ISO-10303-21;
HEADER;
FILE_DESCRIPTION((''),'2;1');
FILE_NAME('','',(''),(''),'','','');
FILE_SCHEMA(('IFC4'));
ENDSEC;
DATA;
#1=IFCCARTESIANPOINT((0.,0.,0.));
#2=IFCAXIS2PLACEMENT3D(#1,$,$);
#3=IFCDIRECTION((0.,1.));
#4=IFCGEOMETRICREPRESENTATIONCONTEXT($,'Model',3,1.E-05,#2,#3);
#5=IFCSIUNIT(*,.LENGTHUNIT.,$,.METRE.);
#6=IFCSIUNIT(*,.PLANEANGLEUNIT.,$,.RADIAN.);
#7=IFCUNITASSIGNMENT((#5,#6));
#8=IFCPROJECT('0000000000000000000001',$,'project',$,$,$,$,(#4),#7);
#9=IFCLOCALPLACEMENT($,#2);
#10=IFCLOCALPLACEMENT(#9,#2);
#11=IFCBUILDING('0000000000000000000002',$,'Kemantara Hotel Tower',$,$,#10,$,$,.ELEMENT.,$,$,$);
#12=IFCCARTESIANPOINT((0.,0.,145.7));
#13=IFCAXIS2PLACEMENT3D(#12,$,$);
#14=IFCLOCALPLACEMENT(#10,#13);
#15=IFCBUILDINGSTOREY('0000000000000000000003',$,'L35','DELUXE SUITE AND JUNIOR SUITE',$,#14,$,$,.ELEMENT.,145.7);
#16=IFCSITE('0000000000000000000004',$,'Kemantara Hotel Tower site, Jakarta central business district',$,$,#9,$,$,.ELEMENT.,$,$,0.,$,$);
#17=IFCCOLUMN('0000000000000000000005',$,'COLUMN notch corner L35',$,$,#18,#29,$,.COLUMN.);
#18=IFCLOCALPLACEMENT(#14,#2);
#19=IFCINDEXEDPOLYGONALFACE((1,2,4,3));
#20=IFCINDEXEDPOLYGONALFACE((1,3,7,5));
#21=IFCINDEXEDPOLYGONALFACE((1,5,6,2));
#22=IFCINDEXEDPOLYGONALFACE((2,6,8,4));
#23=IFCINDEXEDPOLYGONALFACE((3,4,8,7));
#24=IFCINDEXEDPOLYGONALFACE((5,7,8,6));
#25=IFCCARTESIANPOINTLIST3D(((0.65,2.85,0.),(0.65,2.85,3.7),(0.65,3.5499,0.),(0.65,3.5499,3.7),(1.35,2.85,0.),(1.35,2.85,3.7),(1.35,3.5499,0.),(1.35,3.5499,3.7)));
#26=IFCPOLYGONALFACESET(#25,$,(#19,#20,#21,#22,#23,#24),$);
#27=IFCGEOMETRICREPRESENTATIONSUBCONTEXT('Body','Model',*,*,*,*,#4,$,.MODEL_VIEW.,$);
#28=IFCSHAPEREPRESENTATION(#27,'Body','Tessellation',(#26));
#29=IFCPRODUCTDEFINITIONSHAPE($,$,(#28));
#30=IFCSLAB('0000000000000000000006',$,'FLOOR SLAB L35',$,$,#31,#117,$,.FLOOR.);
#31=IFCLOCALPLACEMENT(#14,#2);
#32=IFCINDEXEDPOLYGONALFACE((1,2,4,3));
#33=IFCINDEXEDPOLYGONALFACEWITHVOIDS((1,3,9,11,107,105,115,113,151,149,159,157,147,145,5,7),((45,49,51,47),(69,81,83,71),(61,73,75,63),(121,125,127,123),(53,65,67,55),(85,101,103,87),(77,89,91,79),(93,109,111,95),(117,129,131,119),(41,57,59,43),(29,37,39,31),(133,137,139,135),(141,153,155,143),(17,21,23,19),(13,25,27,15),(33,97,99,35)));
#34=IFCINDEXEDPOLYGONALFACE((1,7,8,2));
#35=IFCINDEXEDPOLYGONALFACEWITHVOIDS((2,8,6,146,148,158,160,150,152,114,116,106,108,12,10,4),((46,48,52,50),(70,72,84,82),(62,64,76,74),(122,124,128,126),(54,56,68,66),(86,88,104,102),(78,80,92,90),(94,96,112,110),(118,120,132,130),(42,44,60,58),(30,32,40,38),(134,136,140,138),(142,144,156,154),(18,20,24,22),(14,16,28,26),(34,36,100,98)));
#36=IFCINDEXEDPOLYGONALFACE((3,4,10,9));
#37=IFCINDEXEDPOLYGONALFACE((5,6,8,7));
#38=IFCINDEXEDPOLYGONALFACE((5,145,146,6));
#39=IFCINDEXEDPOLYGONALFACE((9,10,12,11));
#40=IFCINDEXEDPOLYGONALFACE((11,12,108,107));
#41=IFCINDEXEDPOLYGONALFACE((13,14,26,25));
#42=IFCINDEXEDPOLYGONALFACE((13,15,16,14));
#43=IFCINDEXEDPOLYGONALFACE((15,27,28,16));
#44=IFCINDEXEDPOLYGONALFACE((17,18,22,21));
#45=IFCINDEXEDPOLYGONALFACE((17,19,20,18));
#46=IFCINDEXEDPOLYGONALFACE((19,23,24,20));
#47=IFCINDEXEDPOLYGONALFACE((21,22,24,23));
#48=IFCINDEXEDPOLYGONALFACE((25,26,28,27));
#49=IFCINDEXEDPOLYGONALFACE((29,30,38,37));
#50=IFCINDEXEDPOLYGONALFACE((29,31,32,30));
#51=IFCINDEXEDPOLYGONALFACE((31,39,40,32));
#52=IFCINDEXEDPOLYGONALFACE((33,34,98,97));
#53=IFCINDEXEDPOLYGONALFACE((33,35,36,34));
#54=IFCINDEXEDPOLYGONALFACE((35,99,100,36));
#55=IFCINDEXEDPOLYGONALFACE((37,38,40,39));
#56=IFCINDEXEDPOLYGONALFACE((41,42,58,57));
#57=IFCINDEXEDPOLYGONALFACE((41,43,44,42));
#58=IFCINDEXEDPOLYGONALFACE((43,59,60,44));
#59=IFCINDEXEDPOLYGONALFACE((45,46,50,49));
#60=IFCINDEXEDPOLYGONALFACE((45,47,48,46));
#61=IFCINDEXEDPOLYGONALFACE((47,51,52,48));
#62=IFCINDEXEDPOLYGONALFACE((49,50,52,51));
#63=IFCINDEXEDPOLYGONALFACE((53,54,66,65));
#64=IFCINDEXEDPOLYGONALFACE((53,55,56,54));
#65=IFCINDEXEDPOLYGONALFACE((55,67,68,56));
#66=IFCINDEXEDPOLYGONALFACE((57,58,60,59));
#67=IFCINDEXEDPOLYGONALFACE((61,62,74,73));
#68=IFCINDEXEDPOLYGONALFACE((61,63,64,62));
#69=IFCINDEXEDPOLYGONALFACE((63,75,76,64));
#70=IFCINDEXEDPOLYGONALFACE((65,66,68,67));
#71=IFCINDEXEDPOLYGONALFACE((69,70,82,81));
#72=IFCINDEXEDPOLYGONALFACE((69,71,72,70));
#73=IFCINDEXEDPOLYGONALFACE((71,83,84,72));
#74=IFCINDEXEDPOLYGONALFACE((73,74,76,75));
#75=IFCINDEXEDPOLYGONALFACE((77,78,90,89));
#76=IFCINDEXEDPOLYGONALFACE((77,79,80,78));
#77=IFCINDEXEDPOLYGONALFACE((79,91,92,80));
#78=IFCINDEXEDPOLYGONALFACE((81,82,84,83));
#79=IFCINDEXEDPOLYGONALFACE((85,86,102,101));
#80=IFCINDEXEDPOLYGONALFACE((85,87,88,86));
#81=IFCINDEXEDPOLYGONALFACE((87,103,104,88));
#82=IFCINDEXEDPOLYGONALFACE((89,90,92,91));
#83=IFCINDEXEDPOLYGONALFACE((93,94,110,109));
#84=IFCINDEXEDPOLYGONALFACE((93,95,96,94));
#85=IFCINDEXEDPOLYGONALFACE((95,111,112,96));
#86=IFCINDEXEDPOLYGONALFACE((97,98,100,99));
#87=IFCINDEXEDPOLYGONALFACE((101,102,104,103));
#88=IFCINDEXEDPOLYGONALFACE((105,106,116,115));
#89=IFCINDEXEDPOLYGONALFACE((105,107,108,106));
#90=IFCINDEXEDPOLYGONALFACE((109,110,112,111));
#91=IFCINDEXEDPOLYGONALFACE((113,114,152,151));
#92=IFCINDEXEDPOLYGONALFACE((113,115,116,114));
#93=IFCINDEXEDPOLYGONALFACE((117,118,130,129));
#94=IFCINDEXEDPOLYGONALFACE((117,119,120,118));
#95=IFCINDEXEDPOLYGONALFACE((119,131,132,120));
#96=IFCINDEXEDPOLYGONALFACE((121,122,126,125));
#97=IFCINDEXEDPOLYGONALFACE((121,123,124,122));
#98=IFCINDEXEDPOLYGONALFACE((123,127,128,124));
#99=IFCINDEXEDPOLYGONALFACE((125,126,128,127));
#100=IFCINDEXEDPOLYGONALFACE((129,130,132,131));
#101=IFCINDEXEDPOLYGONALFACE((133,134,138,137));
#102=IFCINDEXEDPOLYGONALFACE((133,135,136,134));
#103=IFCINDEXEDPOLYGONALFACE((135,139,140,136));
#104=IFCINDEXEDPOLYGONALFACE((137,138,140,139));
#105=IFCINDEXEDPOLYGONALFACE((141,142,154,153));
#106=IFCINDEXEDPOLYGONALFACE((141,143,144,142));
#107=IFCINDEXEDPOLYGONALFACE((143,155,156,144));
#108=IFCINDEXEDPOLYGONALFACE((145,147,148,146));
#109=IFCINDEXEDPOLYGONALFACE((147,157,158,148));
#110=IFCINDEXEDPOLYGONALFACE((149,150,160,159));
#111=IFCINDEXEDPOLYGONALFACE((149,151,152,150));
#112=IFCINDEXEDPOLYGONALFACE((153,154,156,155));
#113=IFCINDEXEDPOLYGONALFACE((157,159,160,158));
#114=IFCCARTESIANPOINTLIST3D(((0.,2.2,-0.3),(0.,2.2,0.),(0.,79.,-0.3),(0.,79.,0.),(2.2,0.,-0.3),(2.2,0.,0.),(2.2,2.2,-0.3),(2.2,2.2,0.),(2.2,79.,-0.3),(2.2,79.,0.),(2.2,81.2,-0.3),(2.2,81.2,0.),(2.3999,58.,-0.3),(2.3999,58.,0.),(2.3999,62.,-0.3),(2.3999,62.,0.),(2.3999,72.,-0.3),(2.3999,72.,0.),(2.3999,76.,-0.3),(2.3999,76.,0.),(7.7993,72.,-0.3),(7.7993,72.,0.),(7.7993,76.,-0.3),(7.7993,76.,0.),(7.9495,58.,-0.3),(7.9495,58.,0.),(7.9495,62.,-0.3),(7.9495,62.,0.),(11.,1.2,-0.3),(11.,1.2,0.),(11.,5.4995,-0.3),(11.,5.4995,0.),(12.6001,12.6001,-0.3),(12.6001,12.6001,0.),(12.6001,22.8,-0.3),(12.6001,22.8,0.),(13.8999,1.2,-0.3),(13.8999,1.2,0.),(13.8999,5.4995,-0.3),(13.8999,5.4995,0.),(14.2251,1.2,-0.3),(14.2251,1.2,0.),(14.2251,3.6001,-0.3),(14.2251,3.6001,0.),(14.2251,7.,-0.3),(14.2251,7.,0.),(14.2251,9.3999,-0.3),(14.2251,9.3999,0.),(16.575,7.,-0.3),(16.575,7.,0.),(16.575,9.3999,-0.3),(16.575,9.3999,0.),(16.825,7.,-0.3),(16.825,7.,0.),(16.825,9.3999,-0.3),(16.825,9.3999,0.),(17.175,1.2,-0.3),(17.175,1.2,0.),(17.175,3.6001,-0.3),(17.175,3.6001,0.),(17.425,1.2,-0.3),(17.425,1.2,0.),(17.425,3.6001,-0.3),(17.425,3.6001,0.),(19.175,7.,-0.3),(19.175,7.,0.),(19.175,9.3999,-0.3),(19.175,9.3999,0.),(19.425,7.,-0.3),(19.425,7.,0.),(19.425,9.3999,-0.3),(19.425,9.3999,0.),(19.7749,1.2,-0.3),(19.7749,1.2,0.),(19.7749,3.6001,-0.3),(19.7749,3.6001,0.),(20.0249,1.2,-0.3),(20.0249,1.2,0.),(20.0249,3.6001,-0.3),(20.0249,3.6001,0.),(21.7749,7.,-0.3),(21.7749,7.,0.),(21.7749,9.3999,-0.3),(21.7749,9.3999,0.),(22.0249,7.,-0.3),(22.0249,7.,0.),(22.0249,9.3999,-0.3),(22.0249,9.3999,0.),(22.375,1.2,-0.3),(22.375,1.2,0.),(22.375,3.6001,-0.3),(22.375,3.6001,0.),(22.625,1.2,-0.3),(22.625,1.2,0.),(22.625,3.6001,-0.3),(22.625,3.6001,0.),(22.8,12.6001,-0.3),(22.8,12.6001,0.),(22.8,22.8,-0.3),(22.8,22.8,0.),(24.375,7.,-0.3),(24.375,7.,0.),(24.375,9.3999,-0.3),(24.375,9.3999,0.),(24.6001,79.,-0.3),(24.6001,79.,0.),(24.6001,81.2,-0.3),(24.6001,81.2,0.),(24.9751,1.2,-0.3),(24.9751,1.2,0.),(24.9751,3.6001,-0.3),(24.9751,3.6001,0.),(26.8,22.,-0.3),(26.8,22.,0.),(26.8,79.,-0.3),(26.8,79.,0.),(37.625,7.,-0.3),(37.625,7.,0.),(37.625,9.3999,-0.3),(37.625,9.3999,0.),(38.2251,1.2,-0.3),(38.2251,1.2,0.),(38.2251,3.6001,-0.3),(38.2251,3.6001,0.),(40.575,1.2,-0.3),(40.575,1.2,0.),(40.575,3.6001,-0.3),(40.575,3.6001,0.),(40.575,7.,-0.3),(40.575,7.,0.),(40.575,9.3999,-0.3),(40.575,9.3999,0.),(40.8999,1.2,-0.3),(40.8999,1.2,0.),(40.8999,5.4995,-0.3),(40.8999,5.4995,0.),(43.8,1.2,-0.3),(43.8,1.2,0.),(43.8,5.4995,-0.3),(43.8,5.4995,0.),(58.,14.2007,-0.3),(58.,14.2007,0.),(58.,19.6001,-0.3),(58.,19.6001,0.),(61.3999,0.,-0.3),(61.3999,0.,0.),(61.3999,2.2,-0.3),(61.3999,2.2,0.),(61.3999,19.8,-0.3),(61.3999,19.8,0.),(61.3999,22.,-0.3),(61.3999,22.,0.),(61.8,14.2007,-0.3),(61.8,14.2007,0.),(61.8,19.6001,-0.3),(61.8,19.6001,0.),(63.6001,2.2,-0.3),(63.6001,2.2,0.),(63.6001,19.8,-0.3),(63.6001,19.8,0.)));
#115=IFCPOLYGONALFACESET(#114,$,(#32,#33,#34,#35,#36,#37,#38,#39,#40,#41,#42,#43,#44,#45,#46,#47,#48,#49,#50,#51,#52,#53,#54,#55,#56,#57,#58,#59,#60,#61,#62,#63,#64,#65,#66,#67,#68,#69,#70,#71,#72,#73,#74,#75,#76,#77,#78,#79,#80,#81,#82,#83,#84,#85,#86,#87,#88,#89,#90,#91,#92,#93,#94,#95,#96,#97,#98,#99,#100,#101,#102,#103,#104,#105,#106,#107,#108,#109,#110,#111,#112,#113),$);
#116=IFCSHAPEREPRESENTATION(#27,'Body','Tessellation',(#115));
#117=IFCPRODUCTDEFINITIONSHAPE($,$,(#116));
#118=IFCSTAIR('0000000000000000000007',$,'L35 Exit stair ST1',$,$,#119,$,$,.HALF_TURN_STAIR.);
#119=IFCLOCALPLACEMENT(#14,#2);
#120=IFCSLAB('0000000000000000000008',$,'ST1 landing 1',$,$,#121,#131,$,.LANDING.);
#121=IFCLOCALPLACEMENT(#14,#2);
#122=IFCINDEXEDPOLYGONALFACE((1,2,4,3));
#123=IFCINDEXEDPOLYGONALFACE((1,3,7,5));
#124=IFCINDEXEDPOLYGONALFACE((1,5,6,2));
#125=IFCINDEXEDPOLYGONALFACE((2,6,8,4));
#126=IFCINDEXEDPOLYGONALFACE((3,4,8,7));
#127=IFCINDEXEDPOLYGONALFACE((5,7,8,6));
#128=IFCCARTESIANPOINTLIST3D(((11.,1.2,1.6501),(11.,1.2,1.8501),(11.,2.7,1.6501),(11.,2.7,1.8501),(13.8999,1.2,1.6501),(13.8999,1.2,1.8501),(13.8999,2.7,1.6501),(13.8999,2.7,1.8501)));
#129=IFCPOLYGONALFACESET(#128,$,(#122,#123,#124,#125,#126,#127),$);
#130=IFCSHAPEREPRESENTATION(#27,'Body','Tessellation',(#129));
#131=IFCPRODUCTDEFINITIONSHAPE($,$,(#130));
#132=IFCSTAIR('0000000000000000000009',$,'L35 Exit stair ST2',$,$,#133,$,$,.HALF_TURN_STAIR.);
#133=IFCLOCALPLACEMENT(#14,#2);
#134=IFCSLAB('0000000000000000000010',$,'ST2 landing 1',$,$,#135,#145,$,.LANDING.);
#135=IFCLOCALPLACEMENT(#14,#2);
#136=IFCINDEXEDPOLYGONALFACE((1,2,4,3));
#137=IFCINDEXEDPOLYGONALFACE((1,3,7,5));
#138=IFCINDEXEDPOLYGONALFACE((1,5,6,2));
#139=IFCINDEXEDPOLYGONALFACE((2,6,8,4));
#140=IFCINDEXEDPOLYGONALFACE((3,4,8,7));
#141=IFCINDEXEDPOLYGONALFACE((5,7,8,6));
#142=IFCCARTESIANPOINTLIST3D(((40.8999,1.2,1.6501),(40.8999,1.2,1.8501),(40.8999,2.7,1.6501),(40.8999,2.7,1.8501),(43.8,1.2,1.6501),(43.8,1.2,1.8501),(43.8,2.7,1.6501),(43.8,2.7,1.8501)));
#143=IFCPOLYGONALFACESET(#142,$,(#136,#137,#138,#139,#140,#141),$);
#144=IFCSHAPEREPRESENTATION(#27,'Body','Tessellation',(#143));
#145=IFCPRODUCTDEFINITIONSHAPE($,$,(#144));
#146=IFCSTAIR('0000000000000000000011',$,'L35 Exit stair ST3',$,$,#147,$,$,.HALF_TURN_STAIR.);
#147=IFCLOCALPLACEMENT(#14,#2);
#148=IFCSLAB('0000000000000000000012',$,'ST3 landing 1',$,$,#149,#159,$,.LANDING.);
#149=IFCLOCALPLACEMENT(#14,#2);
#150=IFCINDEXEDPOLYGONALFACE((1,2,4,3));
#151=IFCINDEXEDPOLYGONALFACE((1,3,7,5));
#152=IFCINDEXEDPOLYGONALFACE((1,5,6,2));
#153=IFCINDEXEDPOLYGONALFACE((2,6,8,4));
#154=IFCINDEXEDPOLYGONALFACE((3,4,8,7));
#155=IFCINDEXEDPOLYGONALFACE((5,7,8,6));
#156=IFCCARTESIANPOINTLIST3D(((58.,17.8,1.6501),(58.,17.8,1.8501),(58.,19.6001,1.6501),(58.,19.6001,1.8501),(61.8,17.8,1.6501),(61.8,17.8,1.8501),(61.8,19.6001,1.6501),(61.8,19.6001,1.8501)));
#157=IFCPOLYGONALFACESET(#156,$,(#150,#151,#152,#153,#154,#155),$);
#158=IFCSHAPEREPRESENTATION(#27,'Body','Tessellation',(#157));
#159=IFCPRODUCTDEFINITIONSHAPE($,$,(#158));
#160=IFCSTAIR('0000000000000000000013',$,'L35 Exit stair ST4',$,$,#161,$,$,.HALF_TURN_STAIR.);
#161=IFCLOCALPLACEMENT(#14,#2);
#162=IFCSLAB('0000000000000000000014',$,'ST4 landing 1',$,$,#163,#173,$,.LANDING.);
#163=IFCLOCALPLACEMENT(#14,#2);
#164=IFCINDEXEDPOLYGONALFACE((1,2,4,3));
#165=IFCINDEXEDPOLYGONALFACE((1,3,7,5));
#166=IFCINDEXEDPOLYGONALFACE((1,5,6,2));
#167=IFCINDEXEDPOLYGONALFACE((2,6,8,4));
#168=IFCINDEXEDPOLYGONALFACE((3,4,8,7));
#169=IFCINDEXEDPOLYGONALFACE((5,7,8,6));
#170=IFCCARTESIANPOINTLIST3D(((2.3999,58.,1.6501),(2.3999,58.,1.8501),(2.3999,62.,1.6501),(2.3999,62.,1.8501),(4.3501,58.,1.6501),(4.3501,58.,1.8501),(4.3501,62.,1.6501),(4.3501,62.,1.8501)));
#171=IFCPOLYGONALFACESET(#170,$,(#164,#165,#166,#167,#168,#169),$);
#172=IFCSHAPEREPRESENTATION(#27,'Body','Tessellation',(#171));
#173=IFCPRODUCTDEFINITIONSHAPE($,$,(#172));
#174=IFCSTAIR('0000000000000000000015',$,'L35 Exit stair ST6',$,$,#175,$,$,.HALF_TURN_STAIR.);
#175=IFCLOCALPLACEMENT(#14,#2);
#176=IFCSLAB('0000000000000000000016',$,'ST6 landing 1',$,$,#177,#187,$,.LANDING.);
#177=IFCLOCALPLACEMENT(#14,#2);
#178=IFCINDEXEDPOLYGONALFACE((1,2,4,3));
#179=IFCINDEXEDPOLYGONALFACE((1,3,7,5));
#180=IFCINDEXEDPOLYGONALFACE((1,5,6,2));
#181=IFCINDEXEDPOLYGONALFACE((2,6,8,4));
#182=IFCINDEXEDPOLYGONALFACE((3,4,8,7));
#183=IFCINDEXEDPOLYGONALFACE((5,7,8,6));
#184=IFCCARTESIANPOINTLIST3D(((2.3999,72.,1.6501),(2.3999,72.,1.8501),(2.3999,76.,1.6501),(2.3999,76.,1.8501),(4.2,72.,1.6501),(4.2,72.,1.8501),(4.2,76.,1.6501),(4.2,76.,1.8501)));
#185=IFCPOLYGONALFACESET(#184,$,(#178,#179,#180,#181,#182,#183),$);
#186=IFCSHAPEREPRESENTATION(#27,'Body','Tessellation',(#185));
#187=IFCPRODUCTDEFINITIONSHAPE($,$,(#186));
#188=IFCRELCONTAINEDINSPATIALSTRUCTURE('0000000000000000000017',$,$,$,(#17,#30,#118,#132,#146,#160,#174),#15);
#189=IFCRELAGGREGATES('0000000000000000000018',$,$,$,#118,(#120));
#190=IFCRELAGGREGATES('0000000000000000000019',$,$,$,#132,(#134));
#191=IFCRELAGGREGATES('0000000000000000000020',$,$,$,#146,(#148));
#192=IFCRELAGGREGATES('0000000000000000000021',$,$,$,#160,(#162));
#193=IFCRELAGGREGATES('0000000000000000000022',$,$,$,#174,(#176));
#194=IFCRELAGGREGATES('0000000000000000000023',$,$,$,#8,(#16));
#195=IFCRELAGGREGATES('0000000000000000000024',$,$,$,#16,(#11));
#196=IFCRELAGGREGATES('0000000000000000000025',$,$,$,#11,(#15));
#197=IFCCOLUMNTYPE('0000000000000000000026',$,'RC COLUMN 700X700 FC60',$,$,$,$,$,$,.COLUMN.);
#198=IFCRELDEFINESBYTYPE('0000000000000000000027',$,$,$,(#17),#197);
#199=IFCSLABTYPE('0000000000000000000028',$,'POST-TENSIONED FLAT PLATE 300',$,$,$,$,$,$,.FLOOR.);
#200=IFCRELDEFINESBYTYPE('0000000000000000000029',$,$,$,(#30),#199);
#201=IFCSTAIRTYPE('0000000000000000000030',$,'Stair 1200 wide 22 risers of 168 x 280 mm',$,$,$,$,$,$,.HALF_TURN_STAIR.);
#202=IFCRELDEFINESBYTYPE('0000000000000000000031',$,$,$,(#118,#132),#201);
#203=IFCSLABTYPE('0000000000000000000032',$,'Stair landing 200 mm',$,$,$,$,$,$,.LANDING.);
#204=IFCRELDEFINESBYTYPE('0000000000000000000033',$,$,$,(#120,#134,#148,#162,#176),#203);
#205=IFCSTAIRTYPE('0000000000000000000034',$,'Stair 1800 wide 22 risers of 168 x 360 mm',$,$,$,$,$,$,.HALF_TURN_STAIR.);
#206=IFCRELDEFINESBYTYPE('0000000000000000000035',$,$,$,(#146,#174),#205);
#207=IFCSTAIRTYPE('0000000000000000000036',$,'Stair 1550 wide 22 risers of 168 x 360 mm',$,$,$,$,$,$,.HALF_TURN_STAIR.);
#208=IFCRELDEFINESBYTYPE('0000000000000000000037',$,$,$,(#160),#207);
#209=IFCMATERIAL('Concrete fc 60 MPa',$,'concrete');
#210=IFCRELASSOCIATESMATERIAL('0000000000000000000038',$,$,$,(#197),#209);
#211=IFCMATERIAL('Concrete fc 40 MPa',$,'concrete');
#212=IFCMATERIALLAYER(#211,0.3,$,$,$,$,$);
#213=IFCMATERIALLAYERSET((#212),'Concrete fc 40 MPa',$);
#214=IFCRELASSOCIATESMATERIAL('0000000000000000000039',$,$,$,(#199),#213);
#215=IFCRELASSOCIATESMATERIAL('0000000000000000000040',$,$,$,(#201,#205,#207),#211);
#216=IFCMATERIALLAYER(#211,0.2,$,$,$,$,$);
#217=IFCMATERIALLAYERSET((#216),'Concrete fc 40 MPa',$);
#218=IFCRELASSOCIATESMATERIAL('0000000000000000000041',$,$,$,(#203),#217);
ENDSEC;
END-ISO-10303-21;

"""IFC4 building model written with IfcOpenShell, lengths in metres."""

from ifc_helpers import new_model, si_unit, direction, frame, origin, origin_2d, place, context, subcontext, project, spatial, polyline, rectangle, outline, extrude, material, layer, layer_set, material_profile, profile_set, type_object, element, aggregate, save


model = new_model("IFC4")

# Units and contexts
model_context = context("Model", 3, precision=1e-05, world=origin(), true_north=direction((0.0, 1.0)))
body_context = subcontext(model_context, "Body", "Model", "MODEL_VIEW")
ifc_project = project(units=[si_unit("LENGTHUNIT", "METRE"), si_unit("PLANEANGLEUNIT", "RADIAN")], contexts=[model_context])

# Site, building, storey
site_placement = place(None, origin())
site = spatial("IfcSite", under=ifc_project, at=site_placement, Name="Kemantara Hotel Tower site, Jakarta central business district", CompositionType="ELEMENT", RefElevation=0.0)
building_placement = place(site_placement, origin())
building = spatial("IfcBuilding", under=site, at=building_placement, Name="Kemantara Hotel Tower", CompositionType="ELEMENT")
storey_placement = place(building_placement, frame((0.0, 0.0, 145.7)))
storey = spatial("IfcBuildingStorey", under=building, at=storey_placement, Name="L35", Description="DELUXE SUITE AND JUNIOR SUITE", CompositionType="ELEMENT", Elevation=145.7)

# Column
ifc_material_1 = material(Name="Concrete fc 60 MPa", Category="concrete")
ifc_material_profile = material_profile(ifc_material_1, rectangle(XDim=0.7, YDim=0.7, at=origin_2d()), Name="RC 700X700")
ifc_profile_set = profile_set([ifc_material_profile], Name="Concrete fc 60 MPa")
column_type = type_object("IfcColumnType", Name="RC COLUMN 700X700 FC60", PredefinedType="COLUMN", material=ifc_profile_set)
column_placement = place(storey_placement, frame((1.0, 3.2, 0.0), z_axis=(0.0, 0.0, 1.0), x_axis=(1.0, 0.0, 0.0)))
element("IfcColumn", 1, at=column_placement, inside=storey, type_object=column_type, Name="COLUMN notch corner L35", PredefinedType="COLUMN", context=body_context, shape_type="SweptSolid", body=[
    extrude(rectangle(XDim=0.7, YDim=0.7, at=origin_2d()), origin(), (0.0, 0.0, 1.0), 3.7),
])

# Slab
ifc_material_2 = material(Name="Concrete fc 40 MPa", Category="concrete")
ifc_layer_1 = layer(ifc_material_2, 0.3)
ifc_layer_set_1 = layer_set([ifc_layer_1], Name="Concrete fc 40 MPa")
slab_type_1 = type_object("IfcSlabType", Name="POST-TENSIONED FLAT PLATE 300", PredefinedType="FLOOR", material=ifc_layer_set_1)
slab_1_placement = place(storey_placement, frame((0.0, 0.0, -0.3)))
element("IfcSlab", 2, at=slab_1_placement, inside=storey, type_object=slab_type_1, Name="FLOOR SLAB L35", PredefinedType="FLOOR", context=body_context, shape_type="SweptSolid", body=[
    extrude(outline(polyline([(26.8, 79.0), (24.6001, 79.0), (24.6001, 81.2), (2.2, 81.2), (2.2, 79.0), (0.0, 79.0), (0.0, 2.2), (2.2, 2.2), (2.2, 0.0), (61.3999, 0.0), (61.3999, 2.2), (63.6001, 2.2), (63.6001, 19.8), (61.3999, 19.8), (61.3999, 22.0), (26.8, 22.0), (26.8, 79.0)]), holes=[polyline([(17.175, 1.2), (14.2251, 1.2), (14.2251, 3.6001), (17.175, 3.6001), (17.175, 1.2)]), polyline([(19.7749, 1.2), (17.425, 1.2), (17.425, 3.6001), (19.7749, 3.6001), (19.7749, 1.2)]), polyline([(11.0, 1.2), (11.0, 5.4995), (13.8999, 5.4995), (13.8999, 1.2), (11.0, 1.2)]), polyline([(16.575, 7.0), (14.2251, 7.0), (14.2251, 9.3999), (16.575, 9.3999), (16.575, 7.0)]), polyline([(19.175, 7.0), (16.825, 7.0), (16.825, 9.3999), (19.175, 9.3999), (19.175, 7.0)]), polyline([(22.8, 12.6001), (12.6001, 12.6001), (12.6001, 22.8), (22.8, 22.8), (22.8, 12.6001)]), polyline([(2.3999, 62.0), (7.9495, 62.0), (7.9495, 58.0), (2.3999, 58.0), (2.3999, 62.0)]), polyline([(2.3999, 76.0), (7.7993, 76.0), (7.7993, 72.0), (2.3999, 72.0), (2.3999, 76.0)]), polyline([(22.375, 1.2), (20.0249, 1.2), (20.0249, 3.6001), (22.375, 3.6001), (22.375, 1.2)]), polyline([(24.9751, 1.2), (22.625, 1.2), (22.625, 3.6001), (24.9751, 3.6001), (24.9751, 1.2)]), polyline([(40.575, 1.2), (38.2251, 1.2), (38.2251, 3.6001), (40.575, 3.6001), (40.575, 1.2)]), polyline([(40.8999, 1.2), (40.8999, 5.4995), (43.8, 5.4995), (43.8, 1.2), (40.8999, 1.2)]), polyline([(21.7749, 7.0), (19.425, 7.0), (19.425, 9.3999), (21.7749, 9.3999), (21.7749, 7.0)]), polyline([(24.375, 7.0), (22.0249, 7.0), (22.0249, 9.3999), (24.375, 9.3999), (24.375, 7.0)]), polyline([(40.575, 7.0), (37.625, 7.0), (37.625, 9.3999), (40.575, 9.3999), (40.575, 7.0)]), polyline([(61.8, 19.6001), (61.8, 14.2007), (58.0, 14.2007), (58.0, 19.6001), (61.8, 19.6001)])]), origin(), (0.0, 0.0, 1.0), 0.3),
])

# Stairs, slabs
stair_type_1 = type_object("IfcStairType", Name="Stair 1200 wide 22 risers of 168 x 280 mm", PredefinedType="HALF_TURN_STAIR", material=ifc_material_2)
stair_1_placement = place(storey_placement, origin())
stair_1 = element("IfcStair", 3, at=stair_1_placement, inside=storey, type_object=stair_type_1, Name="L35 Exit stair ST1", PredefinedType="HALF_TURN_STAIR")
ifc_layer_2 = layer(ifc_material_2, 0.2)
ifc_layer_set_2 = layer_set([ifc_layer_2], Name="Concrete fc 40 MPa")
slab_type_2 = type_object("IfcSlabType", Name="Stair landing 200 mm", PredefinedType="LANDING", material=ifc_layer_set_2)
slab_2_placement = place(storey_placement, frame((0.0, 0.0, 1.6501)))
slab_2 = element("IfcSlab", 4, at=slab_2_placement, type_object=slab_type_2, Name="ST1 landing 1", PredefinedType="LANDING", context=body_context, shape_type="SweptSolid", body=[
    extrude(outline(polyline([(11.0, 2.7), (11.0, 1.2), (13.8999, 1.2), (13.8999, 2.7), (11.0, 2.7)])), origin(), (0.0, 0.0, 1.0), 0.2),
])
aggregate(stair_1, [slab_2])
stair_2_placement = place(storey_placement, origin())
stair_2 = element("IfcStair", 5, at=stair_2_placement, inside=storey, type_object=stair_type_1, Name="L35 Exit stair ST2", PredefinedType="HALF_TURN_STAIR")
slab_3_placement = place(storey_placement, frame((0.0, 0.0, 1.6501)))
slab_3 = element("IfcSlab", 6, at=slab_3_placement, type_object=slab_type_2, Name="ST2 landing 1", PredefinedType="LANDING", context=body_context, shape_type="SweptSolid", body=[
    extrude(outline(polyline([(40.8999, 2.7), (40.8999, 1.2), (43.8, 1.2), (43.8, 2.7), (40.8999, 2.7)])), origin(), (0.0, 0.0, 1.0), 0.2),
])
aggregate(stair_2, [slab_3])
stair_type_2 = type_object("IfcStairType", Name="Stair 1800 wide 22 risers of 168 x 360 mm", PredefinedType="HALF_TURN_STAIR", material=ifc_material_2)
stair_3_placement = place(storey_placement, origin())
stair_3 = element("IfcStair", 7, at=stair_3_placement, inside=storey, type_object=stair_type_2, Name="L35 Exit stair ST3", PredefinedType="HALF_TURN_STAIR")
slab_4_placement = place(storey_placement, frame((0.0, 0.0, 1.6501)))
slab_4 = element("IfcSlab", 8, at=slab_4_placement, type_object=slab_type_2, Name="ST3 landing 1", PredefinedType="LANDING", context=body_context, shape_type="SweptSolid", body=[
    extrude(outline(polyline([(61.8, 17.8), (61.8, 19.6001), (58.0, 19.6001), (58.0, 17.8), (61.8, 17.8)])), origin(), (0.0, 0.0, 1.0), 0.2),
])
aggregate(stair_3, [slab_4])
stair_type_3 = type_object("IfcStairType", Name="Stair 1550 wide 22 risers of 168 x 360 mm", PredefinedType="HALF_TURN_STAIR", material=ifc_material_2)
stair_4_placement = place(storey_placement, origin())
stair_4 = element("IfcStair", 9, at=stair_4_placement, inside=storey, type_object=stair_type_3, Name="L35 Exit stair ST4", PredefinedType="HALF_TURN_STAIR")
slab_5_placement = place(storey_placement, frame((0.0, 0.0, 1.6501)))
slab_5 = element("IfcSlab", 10, at=slab_5_placement, type_object=slab_type_2, Name="ST4 landing 1", PredefinedType="LANDING", context=body_context, shape_type="SweptSolid", body=[
    extrude(outline(polyline([(4.3501, 62.0), (2.3999, 62.0), (2.3999, 58.0), (4.3501, 58.0), (4.3501, 62.0)])), origin(), (0.0, 0.0, 1.0), 0.2),
])
aggregate(stair_4, [slab_5])
stair_5_placement = place(storey_placement, origin())
stair_5 = element("IfcStair", 11, at=stair_5_placement, inside=storey, type_object=stair_type_2, Name="L35 Exit stair ST6", PredefinedType="HALF_TURN_STAIR")
slab_6_placement = place(storey_placement, frame((0.0, 0.0, 1.6501)))
slab_6 = element("IfcSlab", 12, at=slab_6_placement, type_object=slab_type_2, Name="ST6 landing 1", PredefinedType="LANDING", context=body_context, shape_type="SweptSolid", body=[
    extrude(outline(polyline([(4.2, 76.0), (2.3999, 76.0), (2.3999, 72.0), (4.2, 72.0), (4.2, 76.0)])), origin(), (0.0, 0.0, 1.0), 0.2),
])
aggregate(stair_5, [slab_6])

save(model, "model.ifc")
